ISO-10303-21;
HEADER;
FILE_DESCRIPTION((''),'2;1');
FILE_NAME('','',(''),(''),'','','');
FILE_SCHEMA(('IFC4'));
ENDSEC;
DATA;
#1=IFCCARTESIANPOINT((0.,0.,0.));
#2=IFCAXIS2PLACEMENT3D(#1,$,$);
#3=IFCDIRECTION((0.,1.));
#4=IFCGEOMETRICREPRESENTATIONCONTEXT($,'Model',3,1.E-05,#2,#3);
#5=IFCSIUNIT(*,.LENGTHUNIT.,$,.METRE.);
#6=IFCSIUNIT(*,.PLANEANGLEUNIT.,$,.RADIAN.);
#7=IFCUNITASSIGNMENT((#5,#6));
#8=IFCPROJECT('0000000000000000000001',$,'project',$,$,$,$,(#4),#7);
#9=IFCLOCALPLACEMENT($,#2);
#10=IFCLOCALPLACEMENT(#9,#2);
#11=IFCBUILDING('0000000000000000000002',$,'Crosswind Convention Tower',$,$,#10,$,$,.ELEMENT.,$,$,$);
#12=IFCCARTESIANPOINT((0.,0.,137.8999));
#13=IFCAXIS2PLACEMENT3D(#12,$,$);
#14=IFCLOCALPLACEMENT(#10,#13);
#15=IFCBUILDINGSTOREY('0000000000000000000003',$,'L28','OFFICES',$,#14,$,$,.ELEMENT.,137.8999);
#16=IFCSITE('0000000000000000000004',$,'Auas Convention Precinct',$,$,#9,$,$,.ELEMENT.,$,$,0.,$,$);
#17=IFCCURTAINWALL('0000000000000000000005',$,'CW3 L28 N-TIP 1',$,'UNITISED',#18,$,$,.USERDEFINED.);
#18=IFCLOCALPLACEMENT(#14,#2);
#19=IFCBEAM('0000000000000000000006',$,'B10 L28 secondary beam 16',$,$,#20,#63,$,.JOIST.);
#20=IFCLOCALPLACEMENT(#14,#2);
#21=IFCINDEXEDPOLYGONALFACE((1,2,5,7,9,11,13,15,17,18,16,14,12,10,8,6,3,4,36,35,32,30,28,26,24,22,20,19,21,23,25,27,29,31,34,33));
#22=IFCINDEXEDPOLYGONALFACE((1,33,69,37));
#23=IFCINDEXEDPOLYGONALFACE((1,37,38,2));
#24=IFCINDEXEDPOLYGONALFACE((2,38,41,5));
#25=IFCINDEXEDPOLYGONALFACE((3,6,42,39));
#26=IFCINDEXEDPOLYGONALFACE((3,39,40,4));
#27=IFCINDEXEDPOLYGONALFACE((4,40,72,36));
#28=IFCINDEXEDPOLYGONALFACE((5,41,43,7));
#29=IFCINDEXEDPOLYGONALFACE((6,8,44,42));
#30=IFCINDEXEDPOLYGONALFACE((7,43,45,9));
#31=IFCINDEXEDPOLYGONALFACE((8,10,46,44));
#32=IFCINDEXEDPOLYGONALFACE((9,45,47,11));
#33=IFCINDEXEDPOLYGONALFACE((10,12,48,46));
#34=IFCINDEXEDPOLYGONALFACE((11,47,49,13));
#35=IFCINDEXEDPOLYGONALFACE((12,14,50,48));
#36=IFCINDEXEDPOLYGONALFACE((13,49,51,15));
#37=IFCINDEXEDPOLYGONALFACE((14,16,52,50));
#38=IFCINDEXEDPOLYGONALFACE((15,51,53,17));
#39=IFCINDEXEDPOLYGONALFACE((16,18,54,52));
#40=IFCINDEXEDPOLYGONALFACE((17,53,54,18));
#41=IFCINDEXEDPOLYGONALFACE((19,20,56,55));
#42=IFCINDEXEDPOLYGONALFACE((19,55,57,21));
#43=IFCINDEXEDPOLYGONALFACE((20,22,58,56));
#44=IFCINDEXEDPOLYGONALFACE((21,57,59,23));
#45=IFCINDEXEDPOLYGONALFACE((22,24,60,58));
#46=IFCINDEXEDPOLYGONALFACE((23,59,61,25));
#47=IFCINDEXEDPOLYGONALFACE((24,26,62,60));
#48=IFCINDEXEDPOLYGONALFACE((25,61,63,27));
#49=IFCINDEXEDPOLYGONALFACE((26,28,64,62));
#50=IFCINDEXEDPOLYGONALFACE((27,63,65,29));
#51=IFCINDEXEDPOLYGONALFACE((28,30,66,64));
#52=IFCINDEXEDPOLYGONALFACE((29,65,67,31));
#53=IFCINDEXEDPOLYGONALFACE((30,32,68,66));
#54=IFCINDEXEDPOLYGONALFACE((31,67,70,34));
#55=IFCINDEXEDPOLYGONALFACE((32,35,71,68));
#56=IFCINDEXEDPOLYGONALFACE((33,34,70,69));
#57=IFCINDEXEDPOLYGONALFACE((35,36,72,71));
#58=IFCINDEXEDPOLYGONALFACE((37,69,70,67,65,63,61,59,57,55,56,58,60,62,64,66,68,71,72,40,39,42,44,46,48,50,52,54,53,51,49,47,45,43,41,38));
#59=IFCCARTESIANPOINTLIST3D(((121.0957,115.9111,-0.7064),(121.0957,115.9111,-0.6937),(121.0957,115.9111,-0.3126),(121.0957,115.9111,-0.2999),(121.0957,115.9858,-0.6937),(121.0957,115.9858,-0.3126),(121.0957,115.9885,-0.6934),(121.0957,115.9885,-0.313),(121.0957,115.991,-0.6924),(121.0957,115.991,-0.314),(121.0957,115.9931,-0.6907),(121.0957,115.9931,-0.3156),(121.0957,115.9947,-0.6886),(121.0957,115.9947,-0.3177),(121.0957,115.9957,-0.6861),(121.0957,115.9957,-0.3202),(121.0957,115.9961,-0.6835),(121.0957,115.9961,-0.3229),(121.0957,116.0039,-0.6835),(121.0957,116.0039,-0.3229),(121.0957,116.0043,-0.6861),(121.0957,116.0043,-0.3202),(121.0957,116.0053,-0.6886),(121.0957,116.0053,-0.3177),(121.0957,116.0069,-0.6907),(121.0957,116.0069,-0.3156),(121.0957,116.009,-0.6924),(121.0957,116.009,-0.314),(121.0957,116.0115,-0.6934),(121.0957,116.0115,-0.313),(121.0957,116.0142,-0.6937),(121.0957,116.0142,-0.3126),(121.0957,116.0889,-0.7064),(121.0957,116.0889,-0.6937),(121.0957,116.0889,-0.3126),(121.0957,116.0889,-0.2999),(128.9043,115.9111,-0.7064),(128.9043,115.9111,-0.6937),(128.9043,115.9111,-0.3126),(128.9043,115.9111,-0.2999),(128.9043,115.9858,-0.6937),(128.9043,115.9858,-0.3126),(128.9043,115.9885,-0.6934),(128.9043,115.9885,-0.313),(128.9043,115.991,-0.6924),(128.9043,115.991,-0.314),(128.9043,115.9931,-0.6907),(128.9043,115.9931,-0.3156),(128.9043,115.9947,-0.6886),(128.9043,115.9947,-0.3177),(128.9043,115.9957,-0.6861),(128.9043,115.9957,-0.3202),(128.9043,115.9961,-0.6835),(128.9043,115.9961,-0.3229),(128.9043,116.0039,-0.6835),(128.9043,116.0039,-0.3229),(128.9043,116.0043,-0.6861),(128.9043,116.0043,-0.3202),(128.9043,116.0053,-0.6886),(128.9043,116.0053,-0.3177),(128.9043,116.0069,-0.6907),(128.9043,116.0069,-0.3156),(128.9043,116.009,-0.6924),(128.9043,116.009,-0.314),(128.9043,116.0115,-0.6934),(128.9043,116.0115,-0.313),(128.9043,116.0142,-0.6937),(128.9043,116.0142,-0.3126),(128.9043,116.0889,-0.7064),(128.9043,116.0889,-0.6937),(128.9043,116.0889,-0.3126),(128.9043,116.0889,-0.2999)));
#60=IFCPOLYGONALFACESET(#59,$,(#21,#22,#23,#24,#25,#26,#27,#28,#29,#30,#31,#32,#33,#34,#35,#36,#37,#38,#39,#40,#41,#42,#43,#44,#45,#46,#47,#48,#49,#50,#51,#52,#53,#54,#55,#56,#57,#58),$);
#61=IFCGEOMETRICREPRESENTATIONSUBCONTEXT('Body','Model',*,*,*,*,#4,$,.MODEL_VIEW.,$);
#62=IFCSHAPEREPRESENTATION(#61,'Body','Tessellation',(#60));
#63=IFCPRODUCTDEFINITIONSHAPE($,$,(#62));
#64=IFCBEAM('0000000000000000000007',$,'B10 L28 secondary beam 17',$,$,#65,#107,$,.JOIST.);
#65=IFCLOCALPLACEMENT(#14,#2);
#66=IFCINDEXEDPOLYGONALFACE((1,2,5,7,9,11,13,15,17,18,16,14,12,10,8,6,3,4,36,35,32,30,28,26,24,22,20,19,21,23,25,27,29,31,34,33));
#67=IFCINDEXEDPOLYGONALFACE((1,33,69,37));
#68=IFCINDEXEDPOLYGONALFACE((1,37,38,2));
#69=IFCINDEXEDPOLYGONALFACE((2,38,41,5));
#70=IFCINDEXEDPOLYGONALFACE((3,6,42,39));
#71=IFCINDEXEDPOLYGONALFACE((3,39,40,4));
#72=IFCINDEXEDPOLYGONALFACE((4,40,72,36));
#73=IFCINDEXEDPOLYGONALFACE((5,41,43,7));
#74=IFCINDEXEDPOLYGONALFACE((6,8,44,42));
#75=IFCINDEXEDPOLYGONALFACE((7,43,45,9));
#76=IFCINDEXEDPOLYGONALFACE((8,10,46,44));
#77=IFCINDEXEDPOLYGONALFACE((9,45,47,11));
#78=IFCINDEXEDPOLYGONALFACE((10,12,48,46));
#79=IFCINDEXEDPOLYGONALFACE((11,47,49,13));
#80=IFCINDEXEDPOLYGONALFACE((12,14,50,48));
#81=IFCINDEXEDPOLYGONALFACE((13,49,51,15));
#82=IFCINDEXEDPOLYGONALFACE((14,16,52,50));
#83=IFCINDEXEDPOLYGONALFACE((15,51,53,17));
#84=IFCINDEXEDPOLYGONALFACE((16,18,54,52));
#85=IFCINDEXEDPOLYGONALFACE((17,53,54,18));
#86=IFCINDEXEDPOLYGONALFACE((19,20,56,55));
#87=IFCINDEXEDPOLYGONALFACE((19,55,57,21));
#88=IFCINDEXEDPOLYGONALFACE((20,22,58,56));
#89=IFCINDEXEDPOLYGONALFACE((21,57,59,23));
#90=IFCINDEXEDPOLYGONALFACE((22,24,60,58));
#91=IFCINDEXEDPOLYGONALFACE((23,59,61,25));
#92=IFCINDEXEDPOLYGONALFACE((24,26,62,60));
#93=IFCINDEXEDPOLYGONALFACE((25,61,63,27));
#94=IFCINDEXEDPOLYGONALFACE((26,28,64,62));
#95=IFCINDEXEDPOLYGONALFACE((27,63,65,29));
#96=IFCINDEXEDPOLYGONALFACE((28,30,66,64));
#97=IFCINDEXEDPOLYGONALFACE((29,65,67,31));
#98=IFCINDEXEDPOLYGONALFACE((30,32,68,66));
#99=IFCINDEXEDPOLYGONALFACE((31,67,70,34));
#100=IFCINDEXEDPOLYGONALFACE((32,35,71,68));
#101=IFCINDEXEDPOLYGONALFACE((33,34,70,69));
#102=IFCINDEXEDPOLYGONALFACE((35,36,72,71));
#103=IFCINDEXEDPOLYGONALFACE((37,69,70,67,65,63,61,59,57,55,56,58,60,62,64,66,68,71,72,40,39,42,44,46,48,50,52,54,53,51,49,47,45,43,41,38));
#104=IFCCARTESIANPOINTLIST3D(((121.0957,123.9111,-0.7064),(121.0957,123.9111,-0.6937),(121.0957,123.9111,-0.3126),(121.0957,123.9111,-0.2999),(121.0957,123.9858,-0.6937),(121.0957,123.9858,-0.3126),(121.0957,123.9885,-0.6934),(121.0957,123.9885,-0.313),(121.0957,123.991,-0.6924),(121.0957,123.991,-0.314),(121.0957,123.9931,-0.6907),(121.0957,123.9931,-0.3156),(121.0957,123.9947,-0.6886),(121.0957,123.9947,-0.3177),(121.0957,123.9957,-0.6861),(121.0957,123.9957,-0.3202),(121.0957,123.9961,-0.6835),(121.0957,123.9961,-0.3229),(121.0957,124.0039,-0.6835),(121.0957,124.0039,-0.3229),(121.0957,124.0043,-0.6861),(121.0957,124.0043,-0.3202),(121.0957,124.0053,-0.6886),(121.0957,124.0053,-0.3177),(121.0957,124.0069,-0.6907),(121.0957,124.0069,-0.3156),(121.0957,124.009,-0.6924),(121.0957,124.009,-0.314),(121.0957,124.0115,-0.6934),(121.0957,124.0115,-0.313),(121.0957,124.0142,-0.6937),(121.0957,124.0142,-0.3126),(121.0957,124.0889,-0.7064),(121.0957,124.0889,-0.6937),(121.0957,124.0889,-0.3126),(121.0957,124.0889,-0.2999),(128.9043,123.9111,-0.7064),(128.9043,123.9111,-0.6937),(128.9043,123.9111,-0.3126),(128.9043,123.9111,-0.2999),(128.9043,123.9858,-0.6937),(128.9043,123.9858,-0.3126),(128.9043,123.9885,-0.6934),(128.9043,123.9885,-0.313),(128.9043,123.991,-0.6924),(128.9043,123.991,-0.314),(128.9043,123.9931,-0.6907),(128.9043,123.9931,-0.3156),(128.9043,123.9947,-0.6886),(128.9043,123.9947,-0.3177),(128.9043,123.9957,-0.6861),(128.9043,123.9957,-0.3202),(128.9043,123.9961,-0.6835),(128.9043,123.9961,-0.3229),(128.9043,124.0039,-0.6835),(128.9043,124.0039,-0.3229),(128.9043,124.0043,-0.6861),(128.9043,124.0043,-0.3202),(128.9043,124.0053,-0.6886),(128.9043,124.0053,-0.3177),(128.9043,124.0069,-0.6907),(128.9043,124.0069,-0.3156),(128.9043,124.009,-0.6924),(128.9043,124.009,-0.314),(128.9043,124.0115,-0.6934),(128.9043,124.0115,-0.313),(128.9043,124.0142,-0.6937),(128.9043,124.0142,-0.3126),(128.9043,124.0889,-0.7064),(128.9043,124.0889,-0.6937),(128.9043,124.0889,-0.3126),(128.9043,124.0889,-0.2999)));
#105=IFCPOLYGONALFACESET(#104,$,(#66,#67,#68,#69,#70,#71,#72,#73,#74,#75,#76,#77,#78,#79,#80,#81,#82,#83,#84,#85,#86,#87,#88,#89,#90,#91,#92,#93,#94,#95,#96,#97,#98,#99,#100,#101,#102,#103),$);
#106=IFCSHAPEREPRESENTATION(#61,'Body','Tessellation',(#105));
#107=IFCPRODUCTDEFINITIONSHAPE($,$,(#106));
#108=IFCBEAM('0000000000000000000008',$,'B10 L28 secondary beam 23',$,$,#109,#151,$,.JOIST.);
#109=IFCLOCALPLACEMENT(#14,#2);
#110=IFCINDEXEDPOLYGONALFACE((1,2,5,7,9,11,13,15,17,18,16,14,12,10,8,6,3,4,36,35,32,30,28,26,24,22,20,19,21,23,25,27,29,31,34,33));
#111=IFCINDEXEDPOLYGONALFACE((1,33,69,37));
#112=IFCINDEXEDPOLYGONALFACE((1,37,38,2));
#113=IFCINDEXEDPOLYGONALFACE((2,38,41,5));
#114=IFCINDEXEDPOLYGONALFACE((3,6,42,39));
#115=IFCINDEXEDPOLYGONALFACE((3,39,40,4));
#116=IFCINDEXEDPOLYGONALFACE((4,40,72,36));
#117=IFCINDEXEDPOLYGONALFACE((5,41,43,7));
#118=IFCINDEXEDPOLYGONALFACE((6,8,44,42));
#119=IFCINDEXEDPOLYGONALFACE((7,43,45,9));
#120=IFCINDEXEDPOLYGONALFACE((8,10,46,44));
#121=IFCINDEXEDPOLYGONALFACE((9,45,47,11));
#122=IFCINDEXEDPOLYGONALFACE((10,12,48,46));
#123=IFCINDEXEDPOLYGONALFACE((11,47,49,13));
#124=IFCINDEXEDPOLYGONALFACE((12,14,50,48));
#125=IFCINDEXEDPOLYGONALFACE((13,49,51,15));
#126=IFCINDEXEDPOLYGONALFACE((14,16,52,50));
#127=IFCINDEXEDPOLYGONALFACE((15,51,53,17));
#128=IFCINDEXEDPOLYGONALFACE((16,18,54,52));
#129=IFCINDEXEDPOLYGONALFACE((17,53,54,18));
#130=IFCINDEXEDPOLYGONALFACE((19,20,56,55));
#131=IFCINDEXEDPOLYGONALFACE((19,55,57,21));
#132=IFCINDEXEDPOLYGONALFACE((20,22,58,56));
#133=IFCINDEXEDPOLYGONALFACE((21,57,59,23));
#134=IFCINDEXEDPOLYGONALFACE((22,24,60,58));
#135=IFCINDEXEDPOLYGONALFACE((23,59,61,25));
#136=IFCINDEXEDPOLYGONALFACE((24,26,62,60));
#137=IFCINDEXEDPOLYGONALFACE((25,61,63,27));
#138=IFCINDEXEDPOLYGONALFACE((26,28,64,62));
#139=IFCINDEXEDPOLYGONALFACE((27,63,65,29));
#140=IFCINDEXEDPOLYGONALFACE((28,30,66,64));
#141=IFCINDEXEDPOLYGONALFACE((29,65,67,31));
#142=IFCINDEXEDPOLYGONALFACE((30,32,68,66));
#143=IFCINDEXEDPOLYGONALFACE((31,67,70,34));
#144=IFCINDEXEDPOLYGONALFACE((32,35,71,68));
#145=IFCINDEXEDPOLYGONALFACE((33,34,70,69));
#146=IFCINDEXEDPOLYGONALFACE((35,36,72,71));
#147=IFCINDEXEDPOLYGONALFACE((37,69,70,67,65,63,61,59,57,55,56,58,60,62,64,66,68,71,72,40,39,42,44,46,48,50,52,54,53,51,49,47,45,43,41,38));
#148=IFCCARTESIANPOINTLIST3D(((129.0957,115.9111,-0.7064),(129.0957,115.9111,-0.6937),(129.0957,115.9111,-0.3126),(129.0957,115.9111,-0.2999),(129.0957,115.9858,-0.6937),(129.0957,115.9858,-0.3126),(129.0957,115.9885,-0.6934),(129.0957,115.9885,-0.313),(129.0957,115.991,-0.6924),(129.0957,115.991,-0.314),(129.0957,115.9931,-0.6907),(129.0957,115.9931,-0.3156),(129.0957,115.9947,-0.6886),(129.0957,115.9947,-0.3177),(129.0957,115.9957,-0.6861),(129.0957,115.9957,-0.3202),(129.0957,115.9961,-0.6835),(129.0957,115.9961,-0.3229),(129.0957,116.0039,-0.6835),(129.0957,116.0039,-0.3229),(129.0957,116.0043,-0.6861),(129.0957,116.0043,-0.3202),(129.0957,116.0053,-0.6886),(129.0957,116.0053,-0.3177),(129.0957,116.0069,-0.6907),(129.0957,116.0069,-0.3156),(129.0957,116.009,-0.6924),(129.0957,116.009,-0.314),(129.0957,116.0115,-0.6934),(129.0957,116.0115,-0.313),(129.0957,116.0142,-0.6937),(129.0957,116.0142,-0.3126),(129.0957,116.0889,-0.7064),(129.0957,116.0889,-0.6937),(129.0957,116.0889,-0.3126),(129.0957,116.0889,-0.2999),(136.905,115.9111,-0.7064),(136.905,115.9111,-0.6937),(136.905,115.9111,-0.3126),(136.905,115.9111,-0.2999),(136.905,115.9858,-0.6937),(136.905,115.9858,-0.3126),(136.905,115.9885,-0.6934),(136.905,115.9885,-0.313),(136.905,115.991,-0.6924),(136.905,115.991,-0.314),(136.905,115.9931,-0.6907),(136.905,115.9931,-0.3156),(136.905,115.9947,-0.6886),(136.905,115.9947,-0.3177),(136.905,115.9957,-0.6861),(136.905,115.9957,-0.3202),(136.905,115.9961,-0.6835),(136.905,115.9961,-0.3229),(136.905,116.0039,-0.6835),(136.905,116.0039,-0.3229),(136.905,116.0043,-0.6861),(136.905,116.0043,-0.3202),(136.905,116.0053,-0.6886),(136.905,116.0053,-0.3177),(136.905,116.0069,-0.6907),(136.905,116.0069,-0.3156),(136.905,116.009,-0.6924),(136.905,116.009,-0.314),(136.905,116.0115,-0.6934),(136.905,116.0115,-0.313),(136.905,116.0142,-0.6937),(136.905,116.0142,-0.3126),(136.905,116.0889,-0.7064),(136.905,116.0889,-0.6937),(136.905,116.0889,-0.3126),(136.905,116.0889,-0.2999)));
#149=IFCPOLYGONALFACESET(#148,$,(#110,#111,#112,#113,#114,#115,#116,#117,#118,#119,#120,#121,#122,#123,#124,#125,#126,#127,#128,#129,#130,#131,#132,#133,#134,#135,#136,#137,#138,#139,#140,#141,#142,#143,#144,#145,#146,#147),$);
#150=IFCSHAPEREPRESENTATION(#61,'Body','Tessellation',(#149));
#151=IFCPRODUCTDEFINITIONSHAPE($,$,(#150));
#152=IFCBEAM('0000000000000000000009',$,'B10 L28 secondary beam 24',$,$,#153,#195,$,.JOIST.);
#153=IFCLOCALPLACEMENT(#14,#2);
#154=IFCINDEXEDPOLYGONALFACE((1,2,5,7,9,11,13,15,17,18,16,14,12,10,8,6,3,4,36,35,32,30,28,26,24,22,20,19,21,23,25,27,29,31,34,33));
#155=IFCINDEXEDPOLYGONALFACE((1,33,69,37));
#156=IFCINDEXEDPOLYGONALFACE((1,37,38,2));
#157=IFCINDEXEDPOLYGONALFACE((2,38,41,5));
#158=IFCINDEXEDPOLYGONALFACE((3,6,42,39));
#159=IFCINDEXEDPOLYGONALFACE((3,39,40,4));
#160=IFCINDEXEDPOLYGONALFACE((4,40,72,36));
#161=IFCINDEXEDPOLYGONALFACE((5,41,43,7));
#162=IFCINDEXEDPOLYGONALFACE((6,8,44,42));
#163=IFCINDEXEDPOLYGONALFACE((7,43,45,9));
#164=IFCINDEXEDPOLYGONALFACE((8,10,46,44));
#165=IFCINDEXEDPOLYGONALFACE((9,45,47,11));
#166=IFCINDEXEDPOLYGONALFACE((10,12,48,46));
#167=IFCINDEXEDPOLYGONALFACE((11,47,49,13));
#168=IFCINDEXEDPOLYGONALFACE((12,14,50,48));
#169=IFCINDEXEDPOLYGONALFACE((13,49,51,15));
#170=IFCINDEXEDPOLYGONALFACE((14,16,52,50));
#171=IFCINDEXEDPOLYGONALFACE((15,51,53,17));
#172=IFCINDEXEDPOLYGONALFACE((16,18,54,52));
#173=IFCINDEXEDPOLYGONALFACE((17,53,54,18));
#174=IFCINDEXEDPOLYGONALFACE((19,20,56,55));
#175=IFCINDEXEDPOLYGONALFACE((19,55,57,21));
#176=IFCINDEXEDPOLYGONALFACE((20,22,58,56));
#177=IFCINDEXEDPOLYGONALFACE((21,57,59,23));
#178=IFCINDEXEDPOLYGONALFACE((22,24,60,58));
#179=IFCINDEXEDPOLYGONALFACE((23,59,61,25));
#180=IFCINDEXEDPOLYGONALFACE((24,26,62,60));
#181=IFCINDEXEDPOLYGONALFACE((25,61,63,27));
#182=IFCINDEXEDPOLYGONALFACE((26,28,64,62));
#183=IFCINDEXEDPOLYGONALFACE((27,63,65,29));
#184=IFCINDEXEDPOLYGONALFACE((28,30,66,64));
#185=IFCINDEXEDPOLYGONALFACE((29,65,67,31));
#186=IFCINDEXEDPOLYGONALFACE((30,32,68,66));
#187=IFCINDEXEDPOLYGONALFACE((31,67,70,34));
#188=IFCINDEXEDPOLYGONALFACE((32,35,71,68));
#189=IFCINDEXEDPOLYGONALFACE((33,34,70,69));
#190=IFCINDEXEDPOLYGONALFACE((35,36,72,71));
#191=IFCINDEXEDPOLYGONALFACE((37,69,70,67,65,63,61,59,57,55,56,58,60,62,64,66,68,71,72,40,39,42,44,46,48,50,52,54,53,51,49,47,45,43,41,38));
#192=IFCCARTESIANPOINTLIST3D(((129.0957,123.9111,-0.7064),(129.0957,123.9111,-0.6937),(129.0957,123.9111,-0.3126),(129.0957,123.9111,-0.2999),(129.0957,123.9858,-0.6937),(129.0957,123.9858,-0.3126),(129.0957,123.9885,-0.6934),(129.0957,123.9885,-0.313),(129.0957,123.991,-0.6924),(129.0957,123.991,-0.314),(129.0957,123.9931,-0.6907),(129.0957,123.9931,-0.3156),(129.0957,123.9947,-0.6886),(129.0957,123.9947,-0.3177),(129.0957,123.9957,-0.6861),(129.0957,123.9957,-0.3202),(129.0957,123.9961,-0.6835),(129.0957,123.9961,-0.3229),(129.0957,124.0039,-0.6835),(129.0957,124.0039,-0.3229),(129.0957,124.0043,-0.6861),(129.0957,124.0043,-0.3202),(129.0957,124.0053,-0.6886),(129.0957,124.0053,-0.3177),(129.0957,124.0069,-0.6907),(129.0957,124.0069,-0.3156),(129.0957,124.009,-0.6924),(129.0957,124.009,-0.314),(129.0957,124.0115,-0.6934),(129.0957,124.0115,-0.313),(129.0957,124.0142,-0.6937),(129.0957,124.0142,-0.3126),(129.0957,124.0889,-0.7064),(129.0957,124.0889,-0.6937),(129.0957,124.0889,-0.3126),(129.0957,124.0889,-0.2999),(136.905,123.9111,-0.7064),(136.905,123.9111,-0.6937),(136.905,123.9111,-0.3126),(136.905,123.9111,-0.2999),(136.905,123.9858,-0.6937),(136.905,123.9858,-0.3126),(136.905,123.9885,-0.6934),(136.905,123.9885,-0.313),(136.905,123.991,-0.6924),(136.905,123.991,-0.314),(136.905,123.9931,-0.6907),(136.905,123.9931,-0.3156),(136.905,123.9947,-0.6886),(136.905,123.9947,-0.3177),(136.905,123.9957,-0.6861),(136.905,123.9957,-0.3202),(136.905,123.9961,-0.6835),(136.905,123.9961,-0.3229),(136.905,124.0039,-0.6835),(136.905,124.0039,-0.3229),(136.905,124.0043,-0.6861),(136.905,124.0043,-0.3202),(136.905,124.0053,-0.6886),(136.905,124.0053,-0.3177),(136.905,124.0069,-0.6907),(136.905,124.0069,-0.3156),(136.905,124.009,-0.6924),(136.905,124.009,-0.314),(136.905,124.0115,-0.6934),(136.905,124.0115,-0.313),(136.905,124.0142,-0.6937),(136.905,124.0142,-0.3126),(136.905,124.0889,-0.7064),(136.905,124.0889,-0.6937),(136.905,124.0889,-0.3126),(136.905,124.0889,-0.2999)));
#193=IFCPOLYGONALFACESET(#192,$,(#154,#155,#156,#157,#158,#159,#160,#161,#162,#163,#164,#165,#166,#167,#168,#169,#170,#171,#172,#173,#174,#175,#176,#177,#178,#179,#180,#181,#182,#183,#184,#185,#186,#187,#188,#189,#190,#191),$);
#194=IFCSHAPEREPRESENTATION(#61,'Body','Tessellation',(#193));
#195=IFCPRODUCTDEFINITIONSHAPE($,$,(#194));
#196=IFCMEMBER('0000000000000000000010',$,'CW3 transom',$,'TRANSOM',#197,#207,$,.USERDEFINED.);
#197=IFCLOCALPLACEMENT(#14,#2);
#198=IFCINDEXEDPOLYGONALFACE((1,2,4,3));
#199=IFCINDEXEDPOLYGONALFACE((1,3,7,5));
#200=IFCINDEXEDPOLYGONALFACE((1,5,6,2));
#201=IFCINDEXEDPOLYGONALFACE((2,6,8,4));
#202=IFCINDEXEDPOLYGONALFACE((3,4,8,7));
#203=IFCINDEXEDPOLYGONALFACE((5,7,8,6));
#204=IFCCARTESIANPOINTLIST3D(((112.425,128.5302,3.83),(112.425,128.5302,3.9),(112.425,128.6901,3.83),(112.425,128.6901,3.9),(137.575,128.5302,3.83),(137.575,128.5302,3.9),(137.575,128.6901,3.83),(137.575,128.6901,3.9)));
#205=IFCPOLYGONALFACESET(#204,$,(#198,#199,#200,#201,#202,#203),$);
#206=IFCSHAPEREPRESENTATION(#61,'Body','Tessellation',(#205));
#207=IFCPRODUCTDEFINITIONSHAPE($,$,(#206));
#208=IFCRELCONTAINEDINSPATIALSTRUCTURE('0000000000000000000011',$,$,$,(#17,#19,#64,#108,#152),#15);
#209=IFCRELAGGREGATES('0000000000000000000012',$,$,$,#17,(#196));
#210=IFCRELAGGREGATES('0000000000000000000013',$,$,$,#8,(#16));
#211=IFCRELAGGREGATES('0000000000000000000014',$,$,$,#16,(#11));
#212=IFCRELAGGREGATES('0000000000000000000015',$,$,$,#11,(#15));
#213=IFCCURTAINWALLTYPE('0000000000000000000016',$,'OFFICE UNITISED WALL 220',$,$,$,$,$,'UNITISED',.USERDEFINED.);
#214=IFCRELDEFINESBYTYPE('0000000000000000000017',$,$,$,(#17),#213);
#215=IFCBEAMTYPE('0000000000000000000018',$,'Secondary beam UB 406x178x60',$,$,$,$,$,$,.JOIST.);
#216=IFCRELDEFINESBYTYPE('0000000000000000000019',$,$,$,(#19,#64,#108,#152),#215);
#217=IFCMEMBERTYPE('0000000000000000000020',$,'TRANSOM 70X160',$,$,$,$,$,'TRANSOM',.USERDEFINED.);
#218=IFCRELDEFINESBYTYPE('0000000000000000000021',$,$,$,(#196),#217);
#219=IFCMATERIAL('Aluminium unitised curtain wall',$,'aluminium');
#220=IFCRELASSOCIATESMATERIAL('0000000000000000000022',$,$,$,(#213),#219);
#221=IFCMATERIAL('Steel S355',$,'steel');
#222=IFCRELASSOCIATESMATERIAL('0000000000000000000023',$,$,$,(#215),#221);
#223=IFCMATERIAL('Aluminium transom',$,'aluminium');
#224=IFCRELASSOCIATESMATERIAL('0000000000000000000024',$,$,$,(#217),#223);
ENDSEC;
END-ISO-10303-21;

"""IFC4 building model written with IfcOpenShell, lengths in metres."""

from ifc_helpers import new_model, si_unit, direction, frame, origin, origin_2d, place, context, subcontext, project, spatial, rectangle, i_section, extrude, material, material_profile, profile_set, type_object, element, aggregate, save


model = new_model("IFC4")

# Units and contexts
model_context = context("Model", 3, precision=1e-05, world=origin(), true_north=direction((0.0, 1.0)))
body_context = subcontext(model_context, "Body", "Model", "MODEL_VIEW")
ifc_project = project(units=[si_unit("LENGTHUNIT", "METRE"), si_unit("PLANEANGLEUNIT", "RADIAN")], contexts=[model_context])

# Site, building, storey
site_placement = place(None, origin())
site = spatial("IfcSite", under=ifc_project, at=site_placement, Name="Auas Convention Precinct", CompositionType="ELEMENT", RefElevation=0.0)
building_placement = place(site_placement, origin())
building = spatial("IfcBuilding", under=site, at=building_placement, Name="Crosswind Convention Tower", CompositionType="ELEMENT")
storey_placement = place(building_placement, frame((0.0, 0.0, 137.8999)))
storey = spatial("IfcBuildingStorey", under=building, at=storey_placement, Name="L28", Description="OFFICES", CompositionType="ELEMENT", Elevation=137.8999)

# Shared definitions
ifc_material_1 = material(Name="Steel S355", Category="steel")

# Curtain wall
ifc_material_2 = material(Name="Aluminium unitised curtain wall", Category="aluminium")
curtain_wall_type = type_object("IfcCurtainWallType", Name="OFFICE UNITISED WALL 220", ElementType="UNITISED", PredefinedType="USERDEFINED", material=ifc_material_2)
curtain_wall_placement = place(storey_placement, origin())
curtain_wall = element("IfcCurtainWall", 1, at=curtain_wall_placement, inside=storey, type_object=curtain_wall_type, Name="CW3 L28 N-TIP 1", ObjectType="UNITISED", PredefinedType="USERDEFINED")

# Beams
ifc_material_profile_1 = material_profile(ifc_material_1, i_section(OverallWidth=0.1777, OverallDepth=0.4065, WebThickness=0.0078, FlangeThickness=0.0127, FilletRadius=0.0103, at=origin_2d()), Name="UB 406x178x60")
ifc_profile_set_1 = profile_set([ifc_material_profile_1], Name="Steel S355")
beam_type_1 = type_object("IfcBeamType", Name="Secondary beam UB 406x178x60", PredefinedType="JOIST", material=ifc_profile_set_1)
for number, where, z_axis, x_axis, name in (
    (2, (121.0957, 116.0, -0.5032), (1.0, 0.0, 0.0), (0.0, 1.0, 0.0), "B10 L28 secondary beam 16"),
    (3, (121.0957, 124.0, -0.5032), (1.0, 0.0, 0.0), (0.0, 1.0, 0.0), "B10 L28 secondary beam 17"),
):
    element("IfcBeam", number, at=place(storey_placement, frame(where, z_axis=z_axis, x_axis=x_axis)), inside=storey, type_object=beam_type_1, Name=name, PredefinedType="JOIST", context=body_context, shape_type="SweptSolid", body=[
        extrude(i_section(OverallWidth=0.1777, OverallDepth=0.4065, WebThickness=0.0078, FlangeThickness=0.0127, FilletRadius=0.0103, at=origin_2d()), origin(), (0.0, 0.0, 1.0), 7.8086),
    ])
for number, where, z_axis, x_axis, name in (
    (4, (129.0957, 116.0, -0.5032), (1.0, 0.0, 0.0), (0.0, 1.0, 0.0), "B10 L28 secondary beam 23"),
    (5, (129.0957, 124.0, -0.5032), (1.0, 0.0, 0.0), (0.0, 1.0, 0.0), "B10 L28 secondary beam 24"),
):
    element("IfcBeam", number, at=place(storey_placement, frame(where, z_axis=z_axis, x_axis=x_axis)), inside=storey, type_object=beam_type_1, Name=name, PredefinedType="JOIST", context=body_context, shape_type="SweptSolid", body=[
        extrude(i_section(OverallWidth=0.1777, OverallDepth=0.4065, WebThickness=0.0078, FlangeThickness=0.0127, FilletRadius=0.0103, at=origin_2d()), origin(), (0.0, 0.0, 1.0), 7.8093),
    ])

# Member
ifc_material_3 = material(Name="Aluminium transom", Category="aluminium")
ifc_material_profile_2 = material_profile(ifc_material_3, rectangle(XDim=0.1599, YDim=0.0701, at=origin_2d()), Name="AL 160X70")
ifc_profile_set_2 = profile_set([ifc_material_profile_2], Name="Aluminium transom")
member_type_1 = type_object("IfcMemberType", Name="TRANSOM 70X160", ElementType="TRANSOM", PredefinedType="USERDEFINED", material=ifc_profile_set_2)
member_1_placement = place(storey_placement, frame((137.575, 128.6101, 3.865), z_axis=(-1.0, 0.0, 0.0), x_axis=(0.0, -1.0, 0.0)))
member_1 = element("IfcMember", 6, at=member_1_placement, type_object=member_type_1, Name="CW3 transom", ObjectType="TRANSOM", PredefinedType="USERDEFINED", context=body_context, shape_type="SweptSolid", body=[
    extrude(rectangle(XDim=0.1599, YDim=0.0701, at=origin_2d()), origin(), (0.0, 0.0, 1.0), 25.1499),
])

aggregate(curtain_wall, [member_1])

save(model, "model.ifc")
